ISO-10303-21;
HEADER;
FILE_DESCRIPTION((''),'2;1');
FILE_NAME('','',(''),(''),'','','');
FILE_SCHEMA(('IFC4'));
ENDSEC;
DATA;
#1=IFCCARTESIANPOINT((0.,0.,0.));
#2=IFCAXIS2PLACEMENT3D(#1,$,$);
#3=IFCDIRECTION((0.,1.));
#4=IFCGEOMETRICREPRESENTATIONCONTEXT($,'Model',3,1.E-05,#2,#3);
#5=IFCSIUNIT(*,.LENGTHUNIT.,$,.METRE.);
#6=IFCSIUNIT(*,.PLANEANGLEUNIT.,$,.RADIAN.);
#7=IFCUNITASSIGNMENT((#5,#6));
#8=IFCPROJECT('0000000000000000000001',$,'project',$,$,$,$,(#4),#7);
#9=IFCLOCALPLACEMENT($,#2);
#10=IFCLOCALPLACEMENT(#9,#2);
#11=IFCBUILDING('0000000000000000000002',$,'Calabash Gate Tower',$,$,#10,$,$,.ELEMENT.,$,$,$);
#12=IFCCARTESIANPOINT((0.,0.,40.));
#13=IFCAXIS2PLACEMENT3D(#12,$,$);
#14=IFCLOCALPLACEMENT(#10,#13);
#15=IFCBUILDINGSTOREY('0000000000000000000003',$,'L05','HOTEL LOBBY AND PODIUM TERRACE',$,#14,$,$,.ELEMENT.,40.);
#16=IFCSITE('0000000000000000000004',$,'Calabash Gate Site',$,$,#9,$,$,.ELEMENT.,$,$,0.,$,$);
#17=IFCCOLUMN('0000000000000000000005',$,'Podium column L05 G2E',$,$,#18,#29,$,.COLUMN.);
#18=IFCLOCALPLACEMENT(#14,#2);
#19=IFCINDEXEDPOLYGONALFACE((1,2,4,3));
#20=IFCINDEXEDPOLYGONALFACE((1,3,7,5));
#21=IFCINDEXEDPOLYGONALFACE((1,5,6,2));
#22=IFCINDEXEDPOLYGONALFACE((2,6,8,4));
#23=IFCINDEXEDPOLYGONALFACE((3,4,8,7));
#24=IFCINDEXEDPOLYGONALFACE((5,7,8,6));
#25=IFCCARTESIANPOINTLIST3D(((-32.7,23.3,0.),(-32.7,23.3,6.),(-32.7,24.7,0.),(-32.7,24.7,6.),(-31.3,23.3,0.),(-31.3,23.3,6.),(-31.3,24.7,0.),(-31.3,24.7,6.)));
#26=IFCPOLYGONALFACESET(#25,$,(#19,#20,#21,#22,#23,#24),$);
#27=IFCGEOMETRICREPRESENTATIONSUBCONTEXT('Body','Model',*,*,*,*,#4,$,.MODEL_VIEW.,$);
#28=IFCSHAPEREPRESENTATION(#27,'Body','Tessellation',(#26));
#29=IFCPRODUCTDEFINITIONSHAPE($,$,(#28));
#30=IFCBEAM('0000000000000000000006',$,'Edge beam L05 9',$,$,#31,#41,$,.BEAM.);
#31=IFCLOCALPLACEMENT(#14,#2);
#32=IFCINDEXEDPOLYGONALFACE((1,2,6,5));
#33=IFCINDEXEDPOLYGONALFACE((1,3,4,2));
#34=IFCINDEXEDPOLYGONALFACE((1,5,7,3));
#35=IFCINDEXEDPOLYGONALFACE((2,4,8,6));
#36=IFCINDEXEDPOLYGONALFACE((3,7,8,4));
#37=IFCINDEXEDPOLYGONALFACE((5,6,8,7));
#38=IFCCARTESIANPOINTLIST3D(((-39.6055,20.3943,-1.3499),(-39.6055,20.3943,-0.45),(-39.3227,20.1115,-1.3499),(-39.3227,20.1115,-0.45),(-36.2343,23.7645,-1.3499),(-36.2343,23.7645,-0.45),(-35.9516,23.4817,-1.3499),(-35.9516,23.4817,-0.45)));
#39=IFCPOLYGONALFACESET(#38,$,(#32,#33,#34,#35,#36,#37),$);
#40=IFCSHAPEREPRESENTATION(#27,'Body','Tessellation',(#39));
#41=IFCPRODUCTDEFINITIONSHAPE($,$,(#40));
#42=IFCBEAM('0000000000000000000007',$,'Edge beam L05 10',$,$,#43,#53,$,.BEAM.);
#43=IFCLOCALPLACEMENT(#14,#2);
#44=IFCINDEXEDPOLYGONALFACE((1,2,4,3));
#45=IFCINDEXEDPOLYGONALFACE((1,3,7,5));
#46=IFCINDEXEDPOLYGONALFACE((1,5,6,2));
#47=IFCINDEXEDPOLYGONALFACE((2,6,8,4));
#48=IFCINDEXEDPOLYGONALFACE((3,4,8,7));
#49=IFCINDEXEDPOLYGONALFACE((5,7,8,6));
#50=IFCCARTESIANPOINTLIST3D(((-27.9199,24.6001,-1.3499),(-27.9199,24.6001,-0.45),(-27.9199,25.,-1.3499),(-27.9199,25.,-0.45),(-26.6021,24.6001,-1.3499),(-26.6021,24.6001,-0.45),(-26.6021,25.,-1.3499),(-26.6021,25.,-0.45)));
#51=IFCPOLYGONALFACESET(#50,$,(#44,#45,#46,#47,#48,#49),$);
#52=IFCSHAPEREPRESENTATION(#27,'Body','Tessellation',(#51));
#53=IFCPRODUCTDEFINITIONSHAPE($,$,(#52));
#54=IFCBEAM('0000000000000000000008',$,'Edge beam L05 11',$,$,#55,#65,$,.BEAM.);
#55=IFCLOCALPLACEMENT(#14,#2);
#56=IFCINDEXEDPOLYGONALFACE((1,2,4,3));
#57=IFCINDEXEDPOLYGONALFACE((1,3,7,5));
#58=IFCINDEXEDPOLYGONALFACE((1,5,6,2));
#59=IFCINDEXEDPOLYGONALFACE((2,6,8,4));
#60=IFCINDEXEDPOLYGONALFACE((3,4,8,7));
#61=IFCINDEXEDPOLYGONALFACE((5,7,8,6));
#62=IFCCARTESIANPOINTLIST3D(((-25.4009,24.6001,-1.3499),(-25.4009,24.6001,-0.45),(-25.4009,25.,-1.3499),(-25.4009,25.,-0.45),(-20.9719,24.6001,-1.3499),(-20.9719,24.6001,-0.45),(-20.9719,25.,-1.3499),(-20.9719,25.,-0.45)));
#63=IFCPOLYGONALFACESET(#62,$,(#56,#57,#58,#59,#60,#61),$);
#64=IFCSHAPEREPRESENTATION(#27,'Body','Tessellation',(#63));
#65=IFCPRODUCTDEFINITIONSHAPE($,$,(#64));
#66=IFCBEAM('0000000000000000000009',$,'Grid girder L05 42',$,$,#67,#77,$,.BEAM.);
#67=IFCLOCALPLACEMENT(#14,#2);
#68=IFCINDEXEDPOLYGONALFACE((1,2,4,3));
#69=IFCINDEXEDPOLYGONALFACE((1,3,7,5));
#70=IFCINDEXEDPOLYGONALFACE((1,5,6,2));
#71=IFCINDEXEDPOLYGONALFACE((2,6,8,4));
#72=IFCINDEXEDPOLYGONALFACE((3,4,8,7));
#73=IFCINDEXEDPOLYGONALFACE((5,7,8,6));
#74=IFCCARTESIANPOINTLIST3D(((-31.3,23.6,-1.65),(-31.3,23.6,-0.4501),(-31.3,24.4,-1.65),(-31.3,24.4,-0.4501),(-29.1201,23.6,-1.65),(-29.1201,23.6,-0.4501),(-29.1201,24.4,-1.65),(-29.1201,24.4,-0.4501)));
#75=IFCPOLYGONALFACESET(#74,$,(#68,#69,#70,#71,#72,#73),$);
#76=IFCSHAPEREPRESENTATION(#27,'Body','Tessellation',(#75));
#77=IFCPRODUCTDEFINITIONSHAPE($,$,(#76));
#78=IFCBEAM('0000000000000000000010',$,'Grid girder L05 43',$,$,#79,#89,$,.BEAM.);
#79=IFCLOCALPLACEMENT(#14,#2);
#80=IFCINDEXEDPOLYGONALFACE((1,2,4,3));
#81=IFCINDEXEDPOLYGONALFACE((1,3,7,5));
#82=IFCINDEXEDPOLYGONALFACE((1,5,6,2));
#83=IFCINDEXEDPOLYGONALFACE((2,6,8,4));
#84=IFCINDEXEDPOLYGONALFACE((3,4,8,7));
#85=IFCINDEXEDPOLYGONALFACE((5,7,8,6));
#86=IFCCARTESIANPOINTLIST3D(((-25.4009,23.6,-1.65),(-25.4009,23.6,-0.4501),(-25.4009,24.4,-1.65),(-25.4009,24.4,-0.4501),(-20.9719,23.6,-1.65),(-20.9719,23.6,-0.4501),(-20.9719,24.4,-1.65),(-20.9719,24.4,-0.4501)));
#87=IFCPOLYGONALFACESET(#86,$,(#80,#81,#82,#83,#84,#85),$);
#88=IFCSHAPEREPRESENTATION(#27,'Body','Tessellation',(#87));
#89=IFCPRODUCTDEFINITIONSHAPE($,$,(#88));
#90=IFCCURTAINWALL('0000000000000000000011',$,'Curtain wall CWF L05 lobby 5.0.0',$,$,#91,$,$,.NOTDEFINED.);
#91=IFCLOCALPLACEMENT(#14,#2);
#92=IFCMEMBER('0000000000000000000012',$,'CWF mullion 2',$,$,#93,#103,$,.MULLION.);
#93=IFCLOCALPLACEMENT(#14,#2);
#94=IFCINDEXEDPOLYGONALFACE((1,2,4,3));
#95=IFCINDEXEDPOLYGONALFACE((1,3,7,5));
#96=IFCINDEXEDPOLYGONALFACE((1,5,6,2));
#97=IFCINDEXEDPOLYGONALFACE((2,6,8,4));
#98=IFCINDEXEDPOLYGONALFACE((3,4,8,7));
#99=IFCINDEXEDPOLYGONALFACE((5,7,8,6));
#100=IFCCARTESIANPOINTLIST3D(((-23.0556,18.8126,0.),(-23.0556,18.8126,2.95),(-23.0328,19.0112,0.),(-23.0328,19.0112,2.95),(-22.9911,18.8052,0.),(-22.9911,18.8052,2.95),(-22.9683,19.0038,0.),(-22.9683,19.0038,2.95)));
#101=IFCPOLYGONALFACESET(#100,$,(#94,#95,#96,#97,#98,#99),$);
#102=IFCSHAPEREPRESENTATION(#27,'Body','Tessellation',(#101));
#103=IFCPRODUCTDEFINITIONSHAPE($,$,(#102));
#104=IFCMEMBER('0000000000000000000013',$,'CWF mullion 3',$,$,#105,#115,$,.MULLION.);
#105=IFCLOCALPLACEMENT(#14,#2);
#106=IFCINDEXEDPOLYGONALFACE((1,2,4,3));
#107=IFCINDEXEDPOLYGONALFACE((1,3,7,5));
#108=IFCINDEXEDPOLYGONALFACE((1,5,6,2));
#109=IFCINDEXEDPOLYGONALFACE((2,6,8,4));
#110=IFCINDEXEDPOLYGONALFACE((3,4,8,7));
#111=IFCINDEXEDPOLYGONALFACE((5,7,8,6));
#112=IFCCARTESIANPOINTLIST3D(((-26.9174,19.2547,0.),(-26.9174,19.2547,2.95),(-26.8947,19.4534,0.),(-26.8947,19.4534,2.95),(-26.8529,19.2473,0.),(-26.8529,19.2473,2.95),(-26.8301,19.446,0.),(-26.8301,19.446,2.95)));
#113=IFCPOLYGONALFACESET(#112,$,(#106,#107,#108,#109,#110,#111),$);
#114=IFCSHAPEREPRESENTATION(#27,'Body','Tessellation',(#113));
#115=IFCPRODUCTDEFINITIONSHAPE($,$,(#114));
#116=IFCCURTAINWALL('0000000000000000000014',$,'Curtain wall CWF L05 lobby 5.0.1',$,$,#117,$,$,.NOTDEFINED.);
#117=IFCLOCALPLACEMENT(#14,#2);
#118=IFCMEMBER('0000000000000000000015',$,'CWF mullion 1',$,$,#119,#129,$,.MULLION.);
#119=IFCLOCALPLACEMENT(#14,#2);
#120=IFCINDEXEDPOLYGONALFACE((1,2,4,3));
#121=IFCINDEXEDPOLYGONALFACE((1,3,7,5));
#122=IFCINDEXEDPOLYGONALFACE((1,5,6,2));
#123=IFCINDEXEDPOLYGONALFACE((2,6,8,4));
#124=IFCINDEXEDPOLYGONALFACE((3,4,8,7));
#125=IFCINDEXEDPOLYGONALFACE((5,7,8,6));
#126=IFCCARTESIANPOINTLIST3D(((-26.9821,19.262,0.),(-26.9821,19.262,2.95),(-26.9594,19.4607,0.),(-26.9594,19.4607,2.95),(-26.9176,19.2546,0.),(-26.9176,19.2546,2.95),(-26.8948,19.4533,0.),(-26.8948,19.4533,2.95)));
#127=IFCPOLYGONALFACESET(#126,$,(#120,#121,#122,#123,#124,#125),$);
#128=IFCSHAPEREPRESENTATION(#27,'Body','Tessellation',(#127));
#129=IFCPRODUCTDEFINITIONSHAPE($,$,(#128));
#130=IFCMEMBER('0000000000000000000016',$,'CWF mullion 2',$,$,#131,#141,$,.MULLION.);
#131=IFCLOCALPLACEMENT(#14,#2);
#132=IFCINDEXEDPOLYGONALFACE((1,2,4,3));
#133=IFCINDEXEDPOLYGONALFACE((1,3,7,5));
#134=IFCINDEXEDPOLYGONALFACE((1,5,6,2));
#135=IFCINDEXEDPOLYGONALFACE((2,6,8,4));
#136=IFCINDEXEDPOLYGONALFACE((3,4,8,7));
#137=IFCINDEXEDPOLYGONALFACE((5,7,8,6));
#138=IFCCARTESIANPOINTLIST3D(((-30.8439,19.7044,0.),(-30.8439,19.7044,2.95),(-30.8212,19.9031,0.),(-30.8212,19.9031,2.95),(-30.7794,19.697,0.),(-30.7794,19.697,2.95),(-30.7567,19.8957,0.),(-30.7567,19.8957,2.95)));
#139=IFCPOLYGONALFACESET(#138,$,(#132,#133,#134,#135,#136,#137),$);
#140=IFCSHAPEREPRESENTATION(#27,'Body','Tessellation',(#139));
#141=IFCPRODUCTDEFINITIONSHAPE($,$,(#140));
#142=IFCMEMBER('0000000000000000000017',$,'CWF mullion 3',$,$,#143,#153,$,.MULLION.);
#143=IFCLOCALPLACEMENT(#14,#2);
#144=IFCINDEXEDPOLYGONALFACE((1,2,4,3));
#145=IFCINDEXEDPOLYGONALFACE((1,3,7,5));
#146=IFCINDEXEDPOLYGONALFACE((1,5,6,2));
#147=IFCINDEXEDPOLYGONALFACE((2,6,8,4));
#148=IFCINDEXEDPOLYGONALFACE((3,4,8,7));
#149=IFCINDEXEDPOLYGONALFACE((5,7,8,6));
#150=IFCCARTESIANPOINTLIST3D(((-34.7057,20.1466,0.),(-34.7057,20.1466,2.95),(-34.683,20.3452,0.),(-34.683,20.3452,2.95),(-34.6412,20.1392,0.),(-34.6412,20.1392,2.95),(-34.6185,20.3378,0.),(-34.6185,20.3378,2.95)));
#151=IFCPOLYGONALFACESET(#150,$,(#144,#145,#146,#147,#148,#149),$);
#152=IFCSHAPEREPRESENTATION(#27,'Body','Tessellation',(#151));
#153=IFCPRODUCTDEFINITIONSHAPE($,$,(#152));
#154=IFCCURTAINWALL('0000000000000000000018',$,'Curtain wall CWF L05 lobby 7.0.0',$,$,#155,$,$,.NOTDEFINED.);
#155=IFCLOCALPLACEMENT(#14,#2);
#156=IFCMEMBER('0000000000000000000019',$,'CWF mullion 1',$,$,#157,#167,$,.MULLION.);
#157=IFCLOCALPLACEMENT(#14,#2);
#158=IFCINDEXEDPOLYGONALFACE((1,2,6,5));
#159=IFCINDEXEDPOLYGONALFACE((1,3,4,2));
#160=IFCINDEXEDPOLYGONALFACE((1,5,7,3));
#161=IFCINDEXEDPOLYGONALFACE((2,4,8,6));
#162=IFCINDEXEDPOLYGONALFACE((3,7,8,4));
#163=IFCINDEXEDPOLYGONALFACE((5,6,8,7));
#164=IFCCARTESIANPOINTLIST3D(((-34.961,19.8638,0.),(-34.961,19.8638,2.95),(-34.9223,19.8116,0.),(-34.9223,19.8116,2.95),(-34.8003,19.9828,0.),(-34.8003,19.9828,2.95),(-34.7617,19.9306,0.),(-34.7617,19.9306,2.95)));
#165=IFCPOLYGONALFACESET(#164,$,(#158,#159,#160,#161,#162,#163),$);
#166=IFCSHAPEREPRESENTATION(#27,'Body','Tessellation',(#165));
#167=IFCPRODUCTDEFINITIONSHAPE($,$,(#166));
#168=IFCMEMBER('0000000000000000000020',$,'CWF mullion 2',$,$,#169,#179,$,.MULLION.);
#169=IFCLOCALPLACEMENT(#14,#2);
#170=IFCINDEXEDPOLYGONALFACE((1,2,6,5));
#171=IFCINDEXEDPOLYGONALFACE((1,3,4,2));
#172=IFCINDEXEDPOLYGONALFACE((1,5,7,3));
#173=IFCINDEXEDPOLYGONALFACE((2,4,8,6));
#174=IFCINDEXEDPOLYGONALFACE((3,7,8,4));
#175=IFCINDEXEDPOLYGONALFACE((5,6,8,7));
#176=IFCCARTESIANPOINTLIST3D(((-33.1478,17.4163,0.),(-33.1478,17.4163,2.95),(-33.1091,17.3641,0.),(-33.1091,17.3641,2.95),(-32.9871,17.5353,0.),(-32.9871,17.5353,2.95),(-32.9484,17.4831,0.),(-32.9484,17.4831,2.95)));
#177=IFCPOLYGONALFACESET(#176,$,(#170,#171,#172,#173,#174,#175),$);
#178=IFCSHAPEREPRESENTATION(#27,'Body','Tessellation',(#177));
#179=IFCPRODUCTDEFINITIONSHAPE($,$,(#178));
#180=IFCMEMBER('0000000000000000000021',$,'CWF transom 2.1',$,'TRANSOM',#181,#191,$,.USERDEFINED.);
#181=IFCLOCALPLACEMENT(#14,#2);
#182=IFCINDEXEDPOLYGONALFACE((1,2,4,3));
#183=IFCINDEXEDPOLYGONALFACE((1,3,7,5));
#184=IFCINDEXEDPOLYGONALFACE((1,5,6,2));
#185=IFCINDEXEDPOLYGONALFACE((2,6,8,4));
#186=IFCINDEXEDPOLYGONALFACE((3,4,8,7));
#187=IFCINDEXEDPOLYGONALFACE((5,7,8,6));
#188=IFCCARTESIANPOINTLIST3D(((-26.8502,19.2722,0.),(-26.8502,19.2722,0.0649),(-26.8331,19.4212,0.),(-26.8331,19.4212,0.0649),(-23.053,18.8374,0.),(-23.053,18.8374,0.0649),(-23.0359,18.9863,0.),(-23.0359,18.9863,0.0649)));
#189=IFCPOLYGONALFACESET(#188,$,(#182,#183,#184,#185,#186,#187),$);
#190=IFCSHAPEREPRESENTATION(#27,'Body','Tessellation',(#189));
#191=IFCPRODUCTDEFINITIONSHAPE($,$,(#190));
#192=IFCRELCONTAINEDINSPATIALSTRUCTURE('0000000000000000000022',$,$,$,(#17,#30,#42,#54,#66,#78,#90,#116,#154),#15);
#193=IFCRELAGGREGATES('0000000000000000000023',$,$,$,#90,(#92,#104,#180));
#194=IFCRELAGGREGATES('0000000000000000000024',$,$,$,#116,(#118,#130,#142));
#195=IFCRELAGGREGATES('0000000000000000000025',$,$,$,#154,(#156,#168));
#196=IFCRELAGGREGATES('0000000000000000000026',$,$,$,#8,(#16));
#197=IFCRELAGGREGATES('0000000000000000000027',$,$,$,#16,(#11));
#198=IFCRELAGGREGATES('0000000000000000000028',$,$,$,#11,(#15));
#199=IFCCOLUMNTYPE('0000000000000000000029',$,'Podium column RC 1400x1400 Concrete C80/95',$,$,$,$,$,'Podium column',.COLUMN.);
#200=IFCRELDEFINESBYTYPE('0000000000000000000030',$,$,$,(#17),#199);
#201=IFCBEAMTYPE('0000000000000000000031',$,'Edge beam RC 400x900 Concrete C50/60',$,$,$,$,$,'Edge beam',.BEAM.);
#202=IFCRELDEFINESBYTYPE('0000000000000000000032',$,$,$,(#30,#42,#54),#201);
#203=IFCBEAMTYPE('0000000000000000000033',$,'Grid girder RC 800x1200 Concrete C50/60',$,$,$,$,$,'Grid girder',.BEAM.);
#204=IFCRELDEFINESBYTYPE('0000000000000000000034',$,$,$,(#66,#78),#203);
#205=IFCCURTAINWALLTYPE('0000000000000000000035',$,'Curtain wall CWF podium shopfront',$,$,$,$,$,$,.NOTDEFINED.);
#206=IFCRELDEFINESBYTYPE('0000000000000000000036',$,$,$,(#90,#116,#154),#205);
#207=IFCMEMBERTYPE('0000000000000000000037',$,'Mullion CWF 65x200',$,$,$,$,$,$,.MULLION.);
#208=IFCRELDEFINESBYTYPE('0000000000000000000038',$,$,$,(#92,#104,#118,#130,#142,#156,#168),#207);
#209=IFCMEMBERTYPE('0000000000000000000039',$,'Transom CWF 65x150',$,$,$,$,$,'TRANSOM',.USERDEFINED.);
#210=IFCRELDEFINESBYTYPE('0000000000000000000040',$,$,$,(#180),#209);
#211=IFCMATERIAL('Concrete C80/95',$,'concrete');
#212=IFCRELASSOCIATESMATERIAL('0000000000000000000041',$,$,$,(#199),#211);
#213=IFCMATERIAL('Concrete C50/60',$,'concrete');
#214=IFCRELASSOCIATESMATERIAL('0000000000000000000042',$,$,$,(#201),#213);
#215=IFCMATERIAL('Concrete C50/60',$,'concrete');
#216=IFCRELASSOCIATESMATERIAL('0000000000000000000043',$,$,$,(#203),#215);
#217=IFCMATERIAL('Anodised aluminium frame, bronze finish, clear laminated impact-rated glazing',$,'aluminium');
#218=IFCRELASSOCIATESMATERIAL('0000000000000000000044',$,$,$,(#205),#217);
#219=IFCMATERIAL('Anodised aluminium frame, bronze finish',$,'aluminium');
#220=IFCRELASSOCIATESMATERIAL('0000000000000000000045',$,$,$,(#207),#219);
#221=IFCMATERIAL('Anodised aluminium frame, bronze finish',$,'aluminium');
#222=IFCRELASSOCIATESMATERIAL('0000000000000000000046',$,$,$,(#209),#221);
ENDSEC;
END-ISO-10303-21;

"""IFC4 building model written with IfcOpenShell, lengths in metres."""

from ifc_helpers import new_model, si_unit, direction, frame, origin, origin_2d, place, context, subcontext, project, spatial, rectangle, extrude, material, material_profile, profile_set, type_object, element, aggregate, save


model = new_model("IFC4")

# Units and contexts
model_context = context("Model", 3, precision=1e-05, world=origin(), true_north=direction((0.0, 1.0)))
body_context = subcontext(model_context, "Body", "Model", "MODEL_VIEW")
ifc_project = project(units=[si_unit("LENGTHUNIT", "METRE"), si_unit("PLANEANGLEUNIT", "RADIAN")], contexts=[model_context])

# Site, building, storey
site_placement = place(None, origin())
site = spatial("IfcSite", under=ifc_project, at=site_placement, Name="Calabash Gate Site", CompositionType="ELEMENT", RefElevation=0.0)
building_placement = place(site_placement, origin())
building = spatial("IfcBuilding", under=site, at=building_placement, Name="Calabash Gate Tower", CompositionType="ELEMENT")
storey_placement = place(building_placement, frame((0.0, 0.0, 40.0)))
storey = spatial("IfcBuildingStorey", under=building, at=storey_placement, Name="L05", Description="HOTEL LOBBY AND PODIUM TERRACE", CompositionType="ELEMENT", Elevation=40.0)

# Column
ifc_material_1 = material(Name="Concrete C80/95", Category="concrete")
ifc_material_profile_1 = material_profile(ifc_material_1, rectangle(XDim=1.3999, YDim=1.3999, at=origin_2d()))
ifc_profile_set_1 = profile_set([ifc_material_profile_1], Name="Concrete C80/95")
column_type = type_object("IfcColumnType", Name="Podium column RC 1400x1400 Concrete C80/95", ElementType="Podium column", PredefinedType="COLUMN", material=ifc_profile_set_1)
column_placement = place(storey_placement, frame((-32.0, 24.0, 0.0), z_axis=(0.0, 0.0, 1.0), x_axis=(1.0, 0.0, 0.0)))
element("IfcColumn", 1, at=column_placement, inside=storey, type_object=column_type, Name="Podium column L05 G2E", PredefinedType="COLUMN", context=body_context, shape_type="SweptSolid", body=[
    extrude(rectangle(XDim=1.3999, YDim=1.3999, at=origin_2d()), origin(), (0.0, 0.0, 1.0), 6.0),
])

# Beams
ifc_material_2 = material(Name="Concrete C50/60", Category="concrete")
ifc_material_profile_2 = material_profile(ifc_material_2, rectangle(XDim=0.3999, YDim=0.8999, at=origin_2d()))
ifc_profile_set_2 = profile_set([ifc_material_profile_2], Name="Concrete C50/60")
beam_type_1 = type_object("IfcBeamType", Name="Edge beam RC 400x900 Concrete C50/60", ElementType="Edge beam", PredefinedType="BEAM", material=ifc_profile_set_2)
beam_1_placement = place(storey_placement, frame((-39.4641, 20.2529, -0.8999), z_axis=(0.707209, 0.707004, 0.0), x_axis=(-0.707004, 0.707209, 0.0)))
element("IfcBeam", 2, at=beam_1_placement, inside=storey, type_object=beam_type_1, Name="Edge beam L05 9", PredefinedType="BEAM", context=body_context, shape_type="SweptSolid", body=[
    extrude(rectangle(XDim=0.3999, YDim=0.8999, at=origin_2d()), origin(), (0.0, 0.0, 1.0), 4.7668),
])
beam_2_placement = place(storey_placement, frame((-27.9199, 24.8, -0.8999), z_axis=(1.0, 0.0, 0.0), x_axis=(0.0, 1.0, 0.0)))
element("IfcBeam", 3, at=beam_2_placement, inside=storey, type_object=beam_type_1, Name="Edge beam L05 10", PredefinedType="BEAM", context=body_context, shape_type="SweptSolid", body=[
    extrude(rectangle(XDim=0.3999, YDim=0.8999, at=origin_2d()), origin(), (0.0, 0.0, 1.0), 1.3179),
])
beam_3_placement = place(storey_placement, frame((-25.4009, 24.8, -0.8999), z_axis=(1.0, 0.0, 0.0), x_axis=(0.0, 1.0, 0.0)))
element("IfcBeam", 4, at=beam_3_placement, inside=storey, type_object=beam_type_1, Name="Edge beam L05 11", PredefinedType="BEAM", context=body_context, shape_type="SweptSolid", body=[
    extrude(rectangle(XDim=0.3999, YDim=0.8999, at=origin_2d()), origin(), (0.0, 0.0, 1.0), 4.429),
])
ifc_material_3 = material(Name="Concrete C50/60", Category="concrete")
ifc_material_profile_3 = material_profile(ifc_material_3, rectangle(XDim=0.8, YDim=1.2, at=origin_2d()))
ifc_profile_set_3 = profile_set([ifc_material_profile_3], Name="Concrete C50/60")
beam_type_2 = type_object("IfcBeamType", Name="Grid girder RC 800x1200 Concrete C50/60", ElementType="Grid girder", PredefinedType="BEAM", material=ifc_profile_set_3)
beam_4_placement = place(storey_placement, frame((-31.3, 24.0, -1.05), z_axis=(1.0, 0.0, 0.0), x_axis=(0.0, 1.0, 0.0)))
element("IfcBeam", 5, at=beam_4_placement, inside=storey, type_object=beam_type_2, Name="Grid girder L05 42", PredefinedType="BEAM", context=body_context, shape_type="SweptSolid", body=[
    extrude(rectangle(XDim=0.8, YDim=1.2, at=origin_2d()), origin(), (0.0, 0.0, 1.0), 2.1799),
])
beam_5_placement = place(storey_placement, frame((-25.4009, 24.0, -1.05), z_axis=(1.0, 0.0, 0.0), x_axis=(0.0, 1.0, 0.0)))
element("IfcBeam", 6, at=beam_5_placement, inside=storey, type_object=beam_type_2, Name="Grid girder L05 43", PredefinedType="BEAM", context=body_context, shape_type="SweptSolid", body=[
    extrude(rectangle(XDim=0.8, YDim=1.2, at=origin_2d()), origin(), (0.0, 0.0, 1.0), 4.429),
])

# Curtain walls, members
ifc_material_4 = material(Name="Anodised aluminium frame, bronze finish, clear laminated impact-rated glazing", Category="aluminium")
curtain_wall_type = type_object("IfcCurtainWallType", Name="Curtain wall CWF podium shopfront", PredefinedType="NOTDEFINED", material=ifc_material_4)
curtain_wall_1_placement = place(storey_placement, origin())
curtain_wall_1 = element("IfcCurtainWall", 7, at=curtain_wall_1_placement, inside=storey, type_object=curtain_wall_type, Name="Curtain wall CWF L05 lobby 5.0.0", PredefinedType="NOTDEFINED")
ifc_material_5 = material(Name="Anodised aluminium frame, bronze finish", Category="aluminium")
ifc_material_profile_4 = material_profile(ifc_material_5, rectangle(XDim=0.2, YDim=0.0649, at=origin_2d()))
ifc_profile_set_4 = profile_set([ifc_material_profile_4], Name="Anodised aluminium frame, bronze finish")
member_type_1 = type_object("IfcMemberType", Name="Mullion CWF 65x200", PredefinedType="MULLION", material=ifc_profile_set_4)
member_1_placement = place(storey_placement, frame((-23.012, 18.9082, 0.0), z_axis=(0.0, 0.0, 1.0), x_axis=(-0.113777, -0.993506, 0.0)))
member_1 = element("IfcMember", 8, at=member_1_placement, type_object=member_type_1, Name="CWF mullion 2", PredefinedType="MULLION", context=body_context, shape_type="SweptSolid", body=[
    extrude(rectangle(XDim=0.2, YDim=0.0649, at=origin_2d()), origin(), (0.0, 0.0, 1.0), 2.95),
])
member_2_placement = place(storey_placement, frame((-26.8738, 19.3503, 0.0), z_axis=(0.0, 0.0, 1.0), x_axis=(-0.113777, -0.993506, 0.0)))
member_2 = element("IfcMember", 9, at=member_2_placement, type_object=member_type_1, Name="CWF mullion 3", PredefinedType="MULLION", context=body_context, shape_type="SweptSolid", body=[
    extrude(rectangle(XDim=0.2, YDim=0.0649, at=origin_2d()), origin(), (0.0, 0.0, 1.0), 2.95),
])
curtain_wall_2_placement = place(storey_placement, origin())
curtain_wall_2 = element("IfcCurtainWall", 10, at=curtain_wall_2_placement, inside=storey, type_object=curtain_wall_type, Name="Curtain wall CWF L05 lobby 5.0.1", PredefinedType="NOTDEFINED")
member_3_placement = place(storey_placement, frame((-26.9385, 19.3577, 0.0), z_axis=(0.0, 0.0, 1.0), x_axis=(-0.113777, -0.993506, 0.0)))
member_3 = element("IfcMember", 11, at=member_3_placement, type_object=member_type_1, Name="CWF mullion 1", PredefinedType="MULLION", context=body_context, shape_type="SweptSolid", body=[
    extrude(rectangle(XDim=0.2, YDim=0.0649, at=origin_2d()), origin(), (0.0, 0.0, 1.0), 2.95),
])
member_4_placement = place(storey_placement, frame((-30.8003, 19.8, 0.0), z_axis=(0.0, 0.0, 1.0), x_axis=(-0.113777, -0.993506, 0.0)))
member_4 = element("IfcMember", 12, at=member_4_placement, type_object=member_type_1, Name="CWF mullion 2", PredefinedType="MULLION", context=body_context, shape_type="SweptSolid", body=[
    extrude(rectangle(XDim=0.2, YDim=0.0649, at=origin_2d()), origin(), (0.0, 0.0, 1.0), 2.95),
])
member_5_placement = place(storey_placement, frame((-34.6621, 20.2422, 0.0), z_axis=(0.0, 0.0, 1.0), x_axis=(-0.113777, -0.993506, 0.0)))
member_5 = element("IfcMember", 13, at=member_5_placement, type_object=member_type_1, Name="CWF mullion 3", PredefinedType="MULLION", context=body_context, shape_type="SweptSolid", body=[
    extrude(rectangle(XDim=0.2, YDim=0.0649, at=origin_2d()), origin(), (0.0, 0.0, 1.0), 2.95),
])
curtain_wall_3_placement = place(storey_placement, origin())
curtain_wall_3 = element("IfcCurtainWall", 14, at=curtain_wall_3_placement, inside=storey, type_object=curtain_wall_type, Name="Curtain wall CWF L05 lobby 7.0.0", PredefinedType="NOTDEFINED")
member_6_placement = place(storey_placement, frame((-34.8613, 19.8972, 0.0), z_axis=(0.0, 0.0, 1.0), x_axis=(0.803513, 0.595287, 0.0)))
member_6 = element("IfcMember", 15, at=member_6_placement, type_object=member_type_1, Name="CWF mullion 1", PredefinedType="MULLION", context=body_context, shape_type="SweptSolid", body=[
    extrude(rectangle(XDim=0.2, YDim=0.0649, at=origin_2d()), origin(), (0.0, 0.0, 1.0), 2.95),
])
member_7_placement = place(storey_placement, frame((-33.0481, 17.4497, 0.0), z_axis=(0.0, 0.0, 1.0), x_axis=(0.803513, 0.595287, 0.0)))
member_7 = element("IfcMember", 16, at=member_7_placement, type_object=member_type_1, Name="CWF mullion 2", PredefinedType="MULLION", context=body_context, shape_type="SweptSolid", body=[
    extrude(rectangle(XDim=0.2, YDim=0.0649, at=origin_2d()), origin(), (0.0, 0.0, 1.0), 2.95),
])

# Member
ifc_material_6 = material(Name="Anodised aluminium frame, bronze finish", Category="aluminium")
ifc_material_profile_5 = material_profile(ifc_material_6, rectangle(XDim=0.1499, YDim=0.0649, at=origin_2d()))
ifc_profile_set_5 = profile_set([ifc_material_profile_5], Name="Anodised aluminium frame, bronze finish")
member_type_2 = type_object("IfcMemberType", Name="Transom CWF 65x150", ElementType="TRANSOM", PredefinedType="USERDEFINED", material=ifc_profile_set_5)
member_8_placement = place(storey_placement, frame((-23.0444, 18.9119, 0.0325), z_axis=(-0.993507, 0.113768, 0.0), x_axis=(-0.113768, -0.993507, 0.0)))
member_8 = element("IfcMember", 17, at=member_8_placement, type_object=member_type_2, Name="CWF transom 2.1", ObjectType="TRANSOM", PredefinedType="USERDEFINED", context=body_context, shape_type="SweptSolid", body=[
    extrude(rectangle(XDim=0.1499, YDim=0.0649, at=origin_2d()), origin(), (0.0, 0.0, 1.0), 3.822),
])

aggregate(curtain_wall_1, [member_1, member_2, member_8])
aggregate(curtain_wall_2, [member_3, member_4, member_5])
aggregate(curtain_wall_3, [member_6, member_7])

save(model, "model.ifc")
